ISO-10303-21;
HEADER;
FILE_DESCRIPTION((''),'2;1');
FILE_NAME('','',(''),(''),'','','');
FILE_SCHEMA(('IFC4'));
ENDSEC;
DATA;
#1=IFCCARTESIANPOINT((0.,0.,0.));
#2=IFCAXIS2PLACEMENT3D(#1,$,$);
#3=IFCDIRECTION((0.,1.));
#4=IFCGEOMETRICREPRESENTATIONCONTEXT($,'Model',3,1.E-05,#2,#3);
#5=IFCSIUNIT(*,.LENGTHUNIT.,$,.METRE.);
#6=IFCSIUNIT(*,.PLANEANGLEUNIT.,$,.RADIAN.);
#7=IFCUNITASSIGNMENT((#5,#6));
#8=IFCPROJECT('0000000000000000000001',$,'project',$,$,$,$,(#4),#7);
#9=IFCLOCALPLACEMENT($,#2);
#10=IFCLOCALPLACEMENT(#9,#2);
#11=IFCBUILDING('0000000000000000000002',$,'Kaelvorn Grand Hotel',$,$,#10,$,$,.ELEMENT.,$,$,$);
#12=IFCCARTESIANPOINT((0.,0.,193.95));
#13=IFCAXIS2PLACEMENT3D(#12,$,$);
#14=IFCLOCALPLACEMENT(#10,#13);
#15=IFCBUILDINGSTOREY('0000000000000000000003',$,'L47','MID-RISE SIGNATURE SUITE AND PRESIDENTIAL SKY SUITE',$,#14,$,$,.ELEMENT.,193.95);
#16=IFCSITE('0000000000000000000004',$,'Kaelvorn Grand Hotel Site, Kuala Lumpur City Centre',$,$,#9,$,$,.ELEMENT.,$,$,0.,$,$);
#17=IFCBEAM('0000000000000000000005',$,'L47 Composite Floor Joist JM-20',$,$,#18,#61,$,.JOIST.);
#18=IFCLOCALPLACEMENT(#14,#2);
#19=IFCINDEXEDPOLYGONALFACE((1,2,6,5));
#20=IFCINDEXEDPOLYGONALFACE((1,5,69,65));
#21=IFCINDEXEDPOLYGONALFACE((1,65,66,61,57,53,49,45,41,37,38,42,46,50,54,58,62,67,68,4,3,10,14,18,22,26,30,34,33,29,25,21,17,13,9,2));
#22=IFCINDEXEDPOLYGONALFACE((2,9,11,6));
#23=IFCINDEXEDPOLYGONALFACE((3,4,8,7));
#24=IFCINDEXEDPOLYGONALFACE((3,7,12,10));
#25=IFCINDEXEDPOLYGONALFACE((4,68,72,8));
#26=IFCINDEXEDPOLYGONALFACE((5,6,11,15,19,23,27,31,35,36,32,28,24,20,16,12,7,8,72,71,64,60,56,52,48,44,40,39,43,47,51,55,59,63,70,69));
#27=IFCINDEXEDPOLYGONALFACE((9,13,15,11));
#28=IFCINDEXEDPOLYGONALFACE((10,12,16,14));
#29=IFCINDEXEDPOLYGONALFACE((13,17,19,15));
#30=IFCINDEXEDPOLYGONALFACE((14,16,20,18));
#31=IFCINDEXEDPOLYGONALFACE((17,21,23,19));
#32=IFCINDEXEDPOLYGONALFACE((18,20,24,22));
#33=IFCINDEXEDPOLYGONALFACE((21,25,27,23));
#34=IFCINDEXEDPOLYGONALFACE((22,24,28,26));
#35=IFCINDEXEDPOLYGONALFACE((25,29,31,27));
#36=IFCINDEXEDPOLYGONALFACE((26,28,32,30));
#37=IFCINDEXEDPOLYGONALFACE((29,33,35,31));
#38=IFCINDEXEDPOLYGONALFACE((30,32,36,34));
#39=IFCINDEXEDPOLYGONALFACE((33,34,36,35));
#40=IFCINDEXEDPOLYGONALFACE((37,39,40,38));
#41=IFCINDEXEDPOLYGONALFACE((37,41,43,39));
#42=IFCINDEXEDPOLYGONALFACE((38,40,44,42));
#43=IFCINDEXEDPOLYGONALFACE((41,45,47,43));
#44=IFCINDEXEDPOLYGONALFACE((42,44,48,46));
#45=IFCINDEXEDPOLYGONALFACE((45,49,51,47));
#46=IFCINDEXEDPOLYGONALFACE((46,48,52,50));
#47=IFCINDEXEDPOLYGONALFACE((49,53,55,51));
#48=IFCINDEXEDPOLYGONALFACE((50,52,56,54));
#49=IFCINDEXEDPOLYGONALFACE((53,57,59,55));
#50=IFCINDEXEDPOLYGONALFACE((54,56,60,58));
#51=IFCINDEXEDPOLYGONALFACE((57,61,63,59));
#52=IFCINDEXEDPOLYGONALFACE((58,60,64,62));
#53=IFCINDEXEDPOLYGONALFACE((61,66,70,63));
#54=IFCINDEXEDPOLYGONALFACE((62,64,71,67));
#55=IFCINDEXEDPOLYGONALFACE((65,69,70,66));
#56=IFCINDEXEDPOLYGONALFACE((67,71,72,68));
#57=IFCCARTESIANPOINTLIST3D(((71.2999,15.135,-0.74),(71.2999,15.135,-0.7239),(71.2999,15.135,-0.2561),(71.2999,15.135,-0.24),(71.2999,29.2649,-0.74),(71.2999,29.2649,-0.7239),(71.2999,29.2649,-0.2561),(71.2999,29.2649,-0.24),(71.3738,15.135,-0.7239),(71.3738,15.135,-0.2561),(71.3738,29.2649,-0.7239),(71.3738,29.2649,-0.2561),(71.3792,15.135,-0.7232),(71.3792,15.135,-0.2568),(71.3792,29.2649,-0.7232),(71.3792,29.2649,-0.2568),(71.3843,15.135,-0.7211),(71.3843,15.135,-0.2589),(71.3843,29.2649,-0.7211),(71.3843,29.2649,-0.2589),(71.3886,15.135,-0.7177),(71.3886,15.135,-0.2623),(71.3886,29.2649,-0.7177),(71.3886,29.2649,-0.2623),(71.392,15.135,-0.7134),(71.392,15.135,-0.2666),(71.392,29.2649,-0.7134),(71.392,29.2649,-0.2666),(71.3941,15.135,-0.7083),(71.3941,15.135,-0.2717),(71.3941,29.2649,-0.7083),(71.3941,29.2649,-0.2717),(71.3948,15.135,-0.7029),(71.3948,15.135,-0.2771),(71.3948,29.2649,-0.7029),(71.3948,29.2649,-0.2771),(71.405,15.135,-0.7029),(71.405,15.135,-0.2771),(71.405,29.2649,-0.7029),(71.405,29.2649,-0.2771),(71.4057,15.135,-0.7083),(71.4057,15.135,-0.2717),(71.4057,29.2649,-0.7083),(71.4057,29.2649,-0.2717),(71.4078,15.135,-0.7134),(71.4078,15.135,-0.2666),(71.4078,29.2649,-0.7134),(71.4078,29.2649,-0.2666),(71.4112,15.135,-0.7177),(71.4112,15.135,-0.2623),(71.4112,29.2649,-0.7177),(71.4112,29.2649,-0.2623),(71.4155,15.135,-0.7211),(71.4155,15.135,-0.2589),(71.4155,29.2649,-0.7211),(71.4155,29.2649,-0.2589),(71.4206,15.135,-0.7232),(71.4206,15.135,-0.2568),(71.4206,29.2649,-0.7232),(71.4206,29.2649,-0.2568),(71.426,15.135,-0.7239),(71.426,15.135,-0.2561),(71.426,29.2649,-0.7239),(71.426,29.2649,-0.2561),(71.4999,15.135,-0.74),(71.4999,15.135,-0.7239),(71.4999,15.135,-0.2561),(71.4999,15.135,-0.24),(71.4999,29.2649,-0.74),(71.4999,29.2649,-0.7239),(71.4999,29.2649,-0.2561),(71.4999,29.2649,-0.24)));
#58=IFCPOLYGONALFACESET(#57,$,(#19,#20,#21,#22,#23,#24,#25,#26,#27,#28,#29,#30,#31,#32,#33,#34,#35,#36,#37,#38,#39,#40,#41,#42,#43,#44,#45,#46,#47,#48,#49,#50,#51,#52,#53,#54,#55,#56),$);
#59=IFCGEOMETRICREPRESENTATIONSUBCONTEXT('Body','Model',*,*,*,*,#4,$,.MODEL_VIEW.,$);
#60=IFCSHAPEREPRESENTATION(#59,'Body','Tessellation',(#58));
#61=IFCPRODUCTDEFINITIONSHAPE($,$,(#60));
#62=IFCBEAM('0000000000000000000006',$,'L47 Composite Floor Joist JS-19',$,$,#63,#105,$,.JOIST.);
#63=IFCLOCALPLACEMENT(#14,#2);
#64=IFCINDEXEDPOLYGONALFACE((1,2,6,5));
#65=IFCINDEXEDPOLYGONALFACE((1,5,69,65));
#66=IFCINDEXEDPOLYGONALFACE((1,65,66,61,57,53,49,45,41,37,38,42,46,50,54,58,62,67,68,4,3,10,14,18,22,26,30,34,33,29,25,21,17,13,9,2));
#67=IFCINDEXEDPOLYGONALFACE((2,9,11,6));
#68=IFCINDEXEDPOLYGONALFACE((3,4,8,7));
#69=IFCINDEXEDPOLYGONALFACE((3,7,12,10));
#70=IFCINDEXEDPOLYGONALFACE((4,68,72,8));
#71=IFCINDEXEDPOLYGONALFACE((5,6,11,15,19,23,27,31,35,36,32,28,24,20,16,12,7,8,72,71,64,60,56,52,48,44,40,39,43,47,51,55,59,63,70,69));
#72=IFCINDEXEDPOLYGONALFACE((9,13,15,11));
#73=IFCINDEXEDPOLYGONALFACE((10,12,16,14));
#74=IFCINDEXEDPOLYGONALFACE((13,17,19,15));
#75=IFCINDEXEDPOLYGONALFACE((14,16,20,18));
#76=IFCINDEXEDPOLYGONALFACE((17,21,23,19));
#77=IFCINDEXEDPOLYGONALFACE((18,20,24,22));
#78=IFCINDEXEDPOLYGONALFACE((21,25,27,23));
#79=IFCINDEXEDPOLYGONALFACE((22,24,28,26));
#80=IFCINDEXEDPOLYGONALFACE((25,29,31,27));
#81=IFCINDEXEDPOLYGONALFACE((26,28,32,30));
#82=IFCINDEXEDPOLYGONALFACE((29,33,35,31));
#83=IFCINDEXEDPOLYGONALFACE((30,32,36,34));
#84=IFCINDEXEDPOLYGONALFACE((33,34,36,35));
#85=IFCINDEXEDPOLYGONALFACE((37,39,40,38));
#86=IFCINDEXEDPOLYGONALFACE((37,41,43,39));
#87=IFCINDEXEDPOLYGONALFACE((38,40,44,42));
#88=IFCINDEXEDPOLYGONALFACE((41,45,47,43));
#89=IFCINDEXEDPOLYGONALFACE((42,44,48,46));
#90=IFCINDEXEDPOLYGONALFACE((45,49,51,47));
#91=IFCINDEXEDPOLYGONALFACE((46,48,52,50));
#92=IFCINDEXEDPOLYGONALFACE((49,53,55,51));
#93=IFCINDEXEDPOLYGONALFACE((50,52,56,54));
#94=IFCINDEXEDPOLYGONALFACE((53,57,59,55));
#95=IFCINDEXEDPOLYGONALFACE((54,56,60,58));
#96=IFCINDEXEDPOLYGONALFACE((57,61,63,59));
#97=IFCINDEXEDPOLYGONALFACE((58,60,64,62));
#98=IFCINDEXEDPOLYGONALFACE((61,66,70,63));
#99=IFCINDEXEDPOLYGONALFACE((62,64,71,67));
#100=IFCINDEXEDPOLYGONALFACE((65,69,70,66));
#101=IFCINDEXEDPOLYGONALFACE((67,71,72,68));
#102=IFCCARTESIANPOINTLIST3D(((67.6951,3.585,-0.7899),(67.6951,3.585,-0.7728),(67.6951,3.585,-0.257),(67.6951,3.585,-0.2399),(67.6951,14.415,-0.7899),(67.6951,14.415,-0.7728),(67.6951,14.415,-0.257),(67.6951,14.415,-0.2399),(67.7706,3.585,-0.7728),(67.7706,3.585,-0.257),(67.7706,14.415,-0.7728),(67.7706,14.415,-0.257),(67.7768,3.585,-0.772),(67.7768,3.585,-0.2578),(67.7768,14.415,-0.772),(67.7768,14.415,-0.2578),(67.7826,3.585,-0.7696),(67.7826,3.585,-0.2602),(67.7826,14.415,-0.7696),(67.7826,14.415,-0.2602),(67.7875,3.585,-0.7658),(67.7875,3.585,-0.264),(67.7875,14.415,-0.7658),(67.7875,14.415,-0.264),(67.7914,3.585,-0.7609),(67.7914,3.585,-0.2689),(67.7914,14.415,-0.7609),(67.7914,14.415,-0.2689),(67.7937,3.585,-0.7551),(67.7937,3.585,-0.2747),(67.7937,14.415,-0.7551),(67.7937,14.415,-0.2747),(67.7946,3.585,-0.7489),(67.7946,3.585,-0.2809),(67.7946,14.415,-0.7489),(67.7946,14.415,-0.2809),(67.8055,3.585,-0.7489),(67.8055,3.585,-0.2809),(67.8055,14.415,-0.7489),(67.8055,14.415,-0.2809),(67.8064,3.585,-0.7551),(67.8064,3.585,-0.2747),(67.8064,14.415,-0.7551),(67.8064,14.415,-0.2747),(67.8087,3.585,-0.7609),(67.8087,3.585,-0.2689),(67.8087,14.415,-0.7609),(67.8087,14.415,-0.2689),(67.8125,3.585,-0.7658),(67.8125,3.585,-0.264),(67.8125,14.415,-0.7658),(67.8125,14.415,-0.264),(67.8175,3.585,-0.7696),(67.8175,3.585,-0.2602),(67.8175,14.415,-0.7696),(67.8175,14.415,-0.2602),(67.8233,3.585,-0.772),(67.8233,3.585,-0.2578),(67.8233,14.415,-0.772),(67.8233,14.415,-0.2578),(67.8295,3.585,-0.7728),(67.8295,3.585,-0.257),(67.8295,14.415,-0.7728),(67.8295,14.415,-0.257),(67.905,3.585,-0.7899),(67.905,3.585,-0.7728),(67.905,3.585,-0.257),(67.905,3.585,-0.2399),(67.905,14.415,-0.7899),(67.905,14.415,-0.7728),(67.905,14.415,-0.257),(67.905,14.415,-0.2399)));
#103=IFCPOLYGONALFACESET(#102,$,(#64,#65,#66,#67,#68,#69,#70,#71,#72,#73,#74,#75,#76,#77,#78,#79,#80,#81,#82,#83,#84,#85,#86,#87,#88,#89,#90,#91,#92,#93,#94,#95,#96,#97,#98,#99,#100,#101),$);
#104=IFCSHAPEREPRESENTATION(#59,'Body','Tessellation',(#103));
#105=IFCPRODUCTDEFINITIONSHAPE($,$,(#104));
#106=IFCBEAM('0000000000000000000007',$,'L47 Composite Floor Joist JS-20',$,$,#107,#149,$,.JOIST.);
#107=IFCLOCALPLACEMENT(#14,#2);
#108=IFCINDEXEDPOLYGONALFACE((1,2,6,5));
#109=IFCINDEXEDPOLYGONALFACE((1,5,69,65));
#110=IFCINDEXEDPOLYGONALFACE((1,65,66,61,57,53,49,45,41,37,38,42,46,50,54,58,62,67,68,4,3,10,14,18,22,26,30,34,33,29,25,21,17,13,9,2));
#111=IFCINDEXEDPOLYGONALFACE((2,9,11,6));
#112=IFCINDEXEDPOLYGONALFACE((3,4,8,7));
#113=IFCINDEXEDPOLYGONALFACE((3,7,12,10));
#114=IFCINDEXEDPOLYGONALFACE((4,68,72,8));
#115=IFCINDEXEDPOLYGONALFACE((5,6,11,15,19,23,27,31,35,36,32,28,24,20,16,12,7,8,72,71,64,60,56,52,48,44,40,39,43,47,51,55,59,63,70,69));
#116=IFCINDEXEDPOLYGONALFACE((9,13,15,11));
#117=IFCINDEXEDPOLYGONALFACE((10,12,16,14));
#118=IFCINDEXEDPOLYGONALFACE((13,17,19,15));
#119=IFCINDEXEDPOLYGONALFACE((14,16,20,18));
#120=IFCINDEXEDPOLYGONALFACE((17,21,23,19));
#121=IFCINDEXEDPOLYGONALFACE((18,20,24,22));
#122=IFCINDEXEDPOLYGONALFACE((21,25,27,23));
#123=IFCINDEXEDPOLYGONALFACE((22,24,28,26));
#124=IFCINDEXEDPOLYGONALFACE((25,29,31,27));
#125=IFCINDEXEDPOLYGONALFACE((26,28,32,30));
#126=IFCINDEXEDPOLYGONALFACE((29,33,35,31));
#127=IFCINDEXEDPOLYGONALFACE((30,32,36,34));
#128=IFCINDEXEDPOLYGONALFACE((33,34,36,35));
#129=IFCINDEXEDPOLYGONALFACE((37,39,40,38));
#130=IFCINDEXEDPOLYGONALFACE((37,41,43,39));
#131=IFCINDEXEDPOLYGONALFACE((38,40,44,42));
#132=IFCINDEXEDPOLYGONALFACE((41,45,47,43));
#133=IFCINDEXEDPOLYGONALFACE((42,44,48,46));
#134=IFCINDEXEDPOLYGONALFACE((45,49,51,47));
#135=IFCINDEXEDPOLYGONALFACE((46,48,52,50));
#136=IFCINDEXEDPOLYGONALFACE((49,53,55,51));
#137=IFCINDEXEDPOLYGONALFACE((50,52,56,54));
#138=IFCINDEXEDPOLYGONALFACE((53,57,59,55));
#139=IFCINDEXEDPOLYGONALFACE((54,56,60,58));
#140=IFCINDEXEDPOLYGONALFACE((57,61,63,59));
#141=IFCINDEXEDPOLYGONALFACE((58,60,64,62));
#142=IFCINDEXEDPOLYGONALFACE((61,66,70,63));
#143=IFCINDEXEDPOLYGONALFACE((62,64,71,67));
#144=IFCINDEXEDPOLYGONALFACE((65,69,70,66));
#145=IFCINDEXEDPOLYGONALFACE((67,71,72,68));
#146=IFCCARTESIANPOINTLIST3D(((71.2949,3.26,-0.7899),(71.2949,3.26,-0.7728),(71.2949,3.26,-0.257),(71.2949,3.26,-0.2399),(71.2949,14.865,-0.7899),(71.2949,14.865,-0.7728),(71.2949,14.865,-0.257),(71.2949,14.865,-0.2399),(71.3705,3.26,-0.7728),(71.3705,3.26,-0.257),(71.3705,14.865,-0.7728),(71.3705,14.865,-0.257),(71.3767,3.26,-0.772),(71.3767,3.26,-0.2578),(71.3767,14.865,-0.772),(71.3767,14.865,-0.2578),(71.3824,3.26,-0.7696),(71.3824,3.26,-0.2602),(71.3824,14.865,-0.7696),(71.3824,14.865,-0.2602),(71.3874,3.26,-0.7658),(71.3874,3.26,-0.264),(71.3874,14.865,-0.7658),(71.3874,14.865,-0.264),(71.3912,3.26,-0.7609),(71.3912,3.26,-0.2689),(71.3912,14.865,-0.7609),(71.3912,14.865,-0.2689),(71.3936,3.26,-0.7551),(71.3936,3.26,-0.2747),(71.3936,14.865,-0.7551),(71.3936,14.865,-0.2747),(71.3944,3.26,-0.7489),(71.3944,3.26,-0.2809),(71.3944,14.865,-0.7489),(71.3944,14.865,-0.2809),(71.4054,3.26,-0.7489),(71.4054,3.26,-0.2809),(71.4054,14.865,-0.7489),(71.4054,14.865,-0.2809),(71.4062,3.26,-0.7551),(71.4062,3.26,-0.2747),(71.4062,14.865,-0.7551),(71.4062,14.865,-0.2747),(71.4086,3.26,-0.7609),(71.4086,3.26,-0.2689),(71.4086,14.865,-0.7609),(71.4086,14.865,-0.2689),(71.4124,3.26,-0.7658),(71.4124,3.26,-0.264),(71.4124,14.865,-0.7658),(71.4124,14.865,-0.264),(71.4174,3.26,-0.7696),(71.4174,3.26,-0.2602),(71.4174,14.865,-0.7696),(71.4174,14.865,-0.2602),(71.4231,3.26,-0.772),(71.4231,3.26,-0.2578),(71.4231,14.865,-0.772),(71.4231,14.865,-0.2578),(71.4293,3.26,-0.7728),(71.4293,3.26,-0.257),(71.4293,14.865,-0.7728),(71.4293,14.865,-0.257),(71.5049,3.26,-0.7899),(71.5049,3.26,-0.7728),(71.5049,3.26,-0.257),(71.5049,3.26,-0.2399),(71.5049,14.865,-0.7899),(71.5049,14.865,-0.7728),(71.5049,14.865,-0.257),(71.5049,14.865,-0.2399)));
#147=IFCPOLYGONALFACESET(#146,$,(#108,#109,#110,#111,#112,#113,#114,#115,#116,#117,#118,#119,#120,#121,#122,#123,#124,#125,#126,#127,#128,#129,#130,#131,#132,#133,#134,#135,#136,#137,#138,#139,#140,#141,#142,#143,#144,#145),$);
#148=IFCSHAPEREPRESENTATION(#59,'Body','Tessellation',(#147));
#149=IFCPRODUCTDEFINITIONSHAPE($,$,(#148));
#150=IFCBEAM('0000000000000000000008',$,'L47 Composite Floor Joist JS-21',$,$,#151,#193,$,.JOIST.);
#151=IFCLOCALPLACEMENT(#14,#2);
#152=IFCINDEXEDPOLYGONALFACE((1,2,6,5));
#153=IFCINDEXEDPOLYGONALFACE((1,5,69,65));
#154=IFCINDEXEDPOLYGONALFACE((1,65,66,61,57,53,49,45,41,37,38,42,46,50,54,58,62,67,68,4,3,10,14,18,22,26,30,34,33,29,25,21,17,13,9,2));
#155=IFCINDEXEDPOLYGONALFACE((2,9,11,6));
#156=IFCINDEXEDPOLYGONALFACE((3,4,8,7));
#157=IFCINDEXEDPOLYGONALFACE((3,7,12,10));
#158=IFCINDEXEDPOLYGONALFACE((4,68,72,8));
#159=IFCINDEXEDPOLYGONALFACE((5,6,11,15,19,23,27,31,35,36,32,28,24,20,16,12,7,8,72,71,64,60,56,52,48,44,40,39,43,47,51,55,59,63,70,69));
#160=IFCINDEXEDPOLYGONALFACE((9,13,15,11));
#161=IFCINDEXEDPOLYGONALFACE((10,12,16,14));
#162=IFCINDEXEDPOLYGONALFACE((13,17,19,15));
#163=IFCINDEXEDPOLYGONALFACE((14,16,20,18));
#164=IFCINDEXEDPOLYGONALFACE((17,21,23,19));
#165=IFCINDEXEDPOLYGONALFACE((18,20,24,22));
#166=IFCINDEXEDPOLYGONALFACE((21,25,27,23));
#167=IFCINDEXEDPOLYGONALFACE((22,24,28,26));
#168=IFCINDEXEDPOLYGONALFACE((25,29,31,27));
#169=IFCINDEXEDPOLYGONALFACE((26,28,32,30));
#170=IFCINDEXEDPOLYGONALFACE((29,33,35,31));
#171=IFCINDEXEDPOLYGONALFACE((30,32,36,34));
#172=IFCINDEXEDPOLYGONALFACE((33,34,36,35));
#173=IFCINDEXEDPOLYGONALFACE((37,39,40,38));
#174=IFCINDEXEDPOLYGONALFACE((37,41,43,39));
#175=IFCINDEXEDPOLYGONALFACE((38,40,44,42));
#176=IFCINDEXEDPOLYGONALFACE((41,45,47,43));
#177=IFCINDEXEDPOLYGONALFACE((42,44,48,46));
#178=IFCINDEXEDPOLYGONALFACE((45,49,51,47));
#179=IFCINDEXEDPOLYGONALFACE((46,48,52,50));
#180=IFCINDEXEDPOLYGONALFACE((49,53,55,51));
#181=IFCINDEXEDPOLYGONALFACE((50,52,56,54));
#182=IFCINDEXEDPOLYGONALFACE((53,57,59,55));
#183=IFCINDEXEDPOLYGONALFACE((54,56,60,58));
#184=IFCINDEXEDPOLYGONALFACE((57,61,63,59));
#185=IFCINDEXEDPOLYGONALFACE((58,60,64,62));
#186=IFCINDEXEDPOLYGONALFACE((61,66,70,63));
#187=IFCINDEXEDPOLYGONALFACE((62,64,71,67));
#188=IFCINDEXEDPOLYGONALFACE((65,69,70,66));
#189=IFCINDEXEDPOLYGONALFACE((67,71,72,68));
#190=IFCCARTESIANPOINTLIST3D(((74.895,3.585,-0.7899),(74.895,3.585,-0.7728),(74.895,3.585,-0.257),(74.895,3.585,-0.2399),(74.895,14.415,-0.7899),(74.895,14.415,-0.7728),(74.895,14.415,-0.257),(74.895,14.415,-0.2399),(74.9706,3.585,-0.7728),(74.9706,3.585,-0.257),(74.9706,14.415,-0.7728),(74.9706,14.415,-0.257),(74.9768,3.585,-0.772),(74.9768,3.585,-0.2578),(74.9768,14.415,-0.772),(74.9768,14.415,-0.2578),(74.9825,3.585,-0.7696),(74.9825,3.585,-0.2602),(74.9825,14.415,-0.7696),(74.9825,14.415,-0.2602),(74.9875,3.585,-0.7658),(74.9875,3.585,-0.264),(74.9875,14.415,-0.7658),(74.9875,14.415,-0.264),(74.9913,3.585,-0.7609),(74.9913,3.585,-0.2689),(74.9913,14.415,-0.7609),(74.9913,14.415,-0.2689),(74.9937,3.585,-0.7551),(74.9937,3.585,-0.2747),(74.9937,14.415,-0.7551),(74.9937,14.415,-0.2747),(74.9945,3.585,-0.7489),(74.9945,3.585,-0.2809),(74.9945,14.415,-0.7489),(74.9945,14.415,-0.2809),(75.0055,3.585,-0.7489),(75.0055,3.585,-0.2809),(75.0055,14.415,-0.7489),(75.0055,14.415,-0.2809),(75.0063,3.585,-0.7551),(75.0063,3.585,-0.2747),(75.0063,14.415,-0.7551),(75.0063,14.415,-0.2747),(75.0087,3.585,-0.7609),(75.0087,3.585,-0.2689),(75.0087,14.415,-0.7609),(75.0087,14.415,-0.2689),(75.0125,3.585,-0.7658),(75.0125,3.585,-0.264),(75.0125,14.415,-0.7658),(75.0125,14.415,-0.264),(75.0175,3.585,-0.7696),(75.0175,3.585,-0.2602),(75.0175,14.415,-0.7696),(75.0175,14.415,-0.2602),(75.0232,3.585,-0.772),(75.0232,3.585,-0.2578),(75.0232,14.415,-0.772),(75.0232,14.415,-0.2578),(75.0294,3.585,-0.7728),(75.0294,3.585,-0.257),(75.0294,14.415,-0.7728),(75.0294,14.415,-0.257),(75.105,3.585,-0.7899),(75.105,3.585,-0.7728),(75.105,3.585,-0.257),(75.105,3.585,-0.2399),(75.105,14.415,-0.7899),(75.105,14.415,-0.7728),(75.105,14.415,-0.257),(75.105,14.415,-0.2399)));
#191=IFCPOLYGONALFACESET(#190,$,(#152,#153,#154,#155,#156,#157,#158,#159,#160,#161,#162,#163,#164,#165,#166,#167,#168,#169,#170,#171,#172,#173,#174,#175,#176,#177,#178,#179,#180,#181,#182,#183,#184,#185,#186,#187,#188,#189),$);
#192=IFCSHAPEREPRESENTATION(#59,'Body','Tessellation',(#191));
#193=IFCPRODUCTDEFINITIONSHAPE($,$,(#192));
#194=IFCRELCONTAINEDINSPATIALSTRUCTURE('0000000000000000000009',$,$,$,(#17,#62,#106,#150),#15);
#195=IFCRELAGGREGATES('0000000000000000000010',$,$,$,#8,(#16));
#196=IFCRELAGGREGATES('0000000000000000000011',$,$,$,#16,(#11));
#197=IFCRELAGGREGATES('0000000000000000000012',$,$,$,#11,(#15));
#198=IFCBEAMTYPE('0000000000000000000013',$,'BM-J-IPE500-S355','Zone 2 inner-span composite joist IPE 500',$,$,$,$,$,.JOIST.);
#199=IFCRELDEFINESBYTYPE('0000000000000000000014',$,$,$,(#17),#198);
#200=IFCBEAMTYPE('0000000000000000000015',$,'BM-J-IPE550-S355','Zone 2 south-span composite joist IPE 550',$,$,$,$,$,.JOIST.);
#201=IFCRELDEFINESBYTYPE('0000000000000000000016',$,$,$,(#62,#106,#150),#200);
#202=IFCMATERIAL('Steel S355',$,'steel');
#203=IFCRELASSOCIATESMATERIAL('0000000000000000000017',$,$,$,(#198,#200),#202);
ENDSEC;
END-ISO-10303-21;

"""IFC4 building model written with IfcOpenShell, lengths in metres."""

from ifc_helpers import new_model, si_unit, direction, frame, origin, origin_2d, place, context, subcontext, project, spatial, i_section, extrude, material, material_profile, profile_set, type_object, element, save


model = new_model("IFC4")

# Units and contexts
model_context = context("Model", 3, precision=1e-05, world=origin(), true_north=direction((0.0, 1.0)))
body_context = subcontext(model_context, "Body", "Model", "MODEL_VIEW")
ifc_project = project(units=[si_unit("LENGTHUNIT", "METRE"), si_unit("PLANEANGLEUNIT", "RADIAN")], contexts=[model_context])

# Site, building, storey
site_placement = place(None, origin())
site = spatial("IfcSite", under=ifc_project, at=site_placement, Name="Kaelvorn Grand Hotel Site, Kuala Lumpur City Centre", CompositionType="ELEMENT", RefElevation=0.0)
building_placement = place(site_placement, origin())
building = spatial("IfcBuilding", under=site, at=building_placement, Name="Kaelvorn Grand Hotel", CompositionType="ELEMENT")
storey_placement = place(building_placement, frame((0.0, 0.0, 193.95)))
storey = spatial("IfcBuildingStorey", under=building, at=storey_placement, Name="L47", Description="MID-RISE SIGNATURE SUITE AND PRESIDENTIAL SKY SUITE", CompositionType="ELEMENT", Elevation=193.95)

# Beams
ifc_material_1 = material(Name="Steel S355", Category="steel")
ifc_material_profile_1 = material_profile(ifc_material_1, i_section(OverallWidth=0.2, OverallDepth=0.5, WebThickness=0.0103, FlangeThickness=0.0161, FilletRadius=0.021, at=origin_2d()), Name="IPE 500")
ifc_profile_set_1 = profile_set([ifc_material_profile_1], Name="Steel S355")
beam_type_1 = type_object("IfcBeamType", Name="BM-J-IPE500-S355", Description="Zone 2 inner-span composite joist IPE 500", PredefinedType="JOIST", material=ifc_profile_set_1)
beam_1_placement = place(storey_placement, frame((71.3999, 15.135, -0.49), z_axis=(0.0, 1.0, 0.0), x_axis=(-1.0, 0.0, 0.0)))
element("IfcBeam", 1, at=beam_1_placement, inside=storey, type_object=beam_type_1, Name="L47 Composite Floor Joist JM-20", PredefinedType="JOIST", context=body_context, shape_type="SweptSolid", body=[
    extrude(i_section(OverallWidth=0.2, OverallDepth=0.5, WebThickness=0.0103, FlangeThickness=0.0161, FilletRadius=0.021, at=origin_2d()), origin(), (0.0, 0.0, 1.0), 14.1299),
])
ifc_material_profile_2 = material_profile(ifc_material_1, i_section(OverallWidth=0.21, OverallDepth=0.55, WebThickness=0.011, FlangeThickness=0.0171, FilletRadius=0.0239, at=origin_2d()), Name="IPE 550")
ifc_profile_set_2 = profile_set([ifc_material_profile_2], Name="Steel S355")
beam_type_2 = type_object("IfcBeamType", Name="BM-J-IPE550-S355", Description="Zone 2 south-span composite joist IPE 550", PredefinedType="JOIST", material=ifc_profile_set_2)
beam_2_placement = place(storey_placement, frame((67.8, 3.585, -0.5149), z_axis=(0.0, 1.0, 0.0), x_axis=(-1.0, 0.0, 0.0)))
element("IfcBeam", 2, at=beam_2_placement, inside=storey, type_object=beam_type_2, Name="L47 Composite Floor Joist JS-19", PredefinedType="JOIST", context=body_context, shape_type="SweptSolid", body=[
    extrude(i_section(OverallWidth=0.21, OverallDepth=0.55, WebThickness=0.011, FlangeThickness=0.0171, FilletRadius=0.0239, at=origin_2d()), origin(), (0.0, 0.0, 1.0), 10.8301),
])
beam_3_placement = place(storey_placement, frame((71.3999, 3.26, -0.5149), z_axis=(0.0, 1.0, 0.0), x_axis=(-1.0, 0.0, 0.0)))
element("IfcBeam", 3, at=beam_3_placement, inside=storey, type_object=beam_type_2, Name="L47 Composite Floor Joist JS-20", PredefinedType="JOIST", context=body_context, shape_type="SweptSolid", body=[
    extrude(i_section(OverallWidth=0.21, OverallDepth=0.55, WebThickness=0.011, FlangeThickness=0.0171, FilletRadius=0.0239, at=origin_2d()), origin(), (0.0, 0.0, 1.0), 11.605),
])
beam_4_placement = place(storey_placement, frame((75.0, 3.585, -0.5149), z_axis=(0.0, 1.0, 0.0), x_axis=(-1.0, 0.0, 0.0)))
element("IfcBeam", 4, at=beam_4_placement, inside=storey, type_object=beam_type_2, Name="L47 Composite Floor Joist JS-21", PredefinedType="JOIST", context=body_context, shape_type="SweptSolid", body=[
    extrude(i_section(OverallWidth=0.21, OverallDepth=0.55, WebThickness=0.011, FlangeThickness=0.0171, FilletRadius=0.0239, at=origin_2d()), origin(), (0.0, 0.0, 1.0), 10.8301),
])

save(model, "model.ifc")
